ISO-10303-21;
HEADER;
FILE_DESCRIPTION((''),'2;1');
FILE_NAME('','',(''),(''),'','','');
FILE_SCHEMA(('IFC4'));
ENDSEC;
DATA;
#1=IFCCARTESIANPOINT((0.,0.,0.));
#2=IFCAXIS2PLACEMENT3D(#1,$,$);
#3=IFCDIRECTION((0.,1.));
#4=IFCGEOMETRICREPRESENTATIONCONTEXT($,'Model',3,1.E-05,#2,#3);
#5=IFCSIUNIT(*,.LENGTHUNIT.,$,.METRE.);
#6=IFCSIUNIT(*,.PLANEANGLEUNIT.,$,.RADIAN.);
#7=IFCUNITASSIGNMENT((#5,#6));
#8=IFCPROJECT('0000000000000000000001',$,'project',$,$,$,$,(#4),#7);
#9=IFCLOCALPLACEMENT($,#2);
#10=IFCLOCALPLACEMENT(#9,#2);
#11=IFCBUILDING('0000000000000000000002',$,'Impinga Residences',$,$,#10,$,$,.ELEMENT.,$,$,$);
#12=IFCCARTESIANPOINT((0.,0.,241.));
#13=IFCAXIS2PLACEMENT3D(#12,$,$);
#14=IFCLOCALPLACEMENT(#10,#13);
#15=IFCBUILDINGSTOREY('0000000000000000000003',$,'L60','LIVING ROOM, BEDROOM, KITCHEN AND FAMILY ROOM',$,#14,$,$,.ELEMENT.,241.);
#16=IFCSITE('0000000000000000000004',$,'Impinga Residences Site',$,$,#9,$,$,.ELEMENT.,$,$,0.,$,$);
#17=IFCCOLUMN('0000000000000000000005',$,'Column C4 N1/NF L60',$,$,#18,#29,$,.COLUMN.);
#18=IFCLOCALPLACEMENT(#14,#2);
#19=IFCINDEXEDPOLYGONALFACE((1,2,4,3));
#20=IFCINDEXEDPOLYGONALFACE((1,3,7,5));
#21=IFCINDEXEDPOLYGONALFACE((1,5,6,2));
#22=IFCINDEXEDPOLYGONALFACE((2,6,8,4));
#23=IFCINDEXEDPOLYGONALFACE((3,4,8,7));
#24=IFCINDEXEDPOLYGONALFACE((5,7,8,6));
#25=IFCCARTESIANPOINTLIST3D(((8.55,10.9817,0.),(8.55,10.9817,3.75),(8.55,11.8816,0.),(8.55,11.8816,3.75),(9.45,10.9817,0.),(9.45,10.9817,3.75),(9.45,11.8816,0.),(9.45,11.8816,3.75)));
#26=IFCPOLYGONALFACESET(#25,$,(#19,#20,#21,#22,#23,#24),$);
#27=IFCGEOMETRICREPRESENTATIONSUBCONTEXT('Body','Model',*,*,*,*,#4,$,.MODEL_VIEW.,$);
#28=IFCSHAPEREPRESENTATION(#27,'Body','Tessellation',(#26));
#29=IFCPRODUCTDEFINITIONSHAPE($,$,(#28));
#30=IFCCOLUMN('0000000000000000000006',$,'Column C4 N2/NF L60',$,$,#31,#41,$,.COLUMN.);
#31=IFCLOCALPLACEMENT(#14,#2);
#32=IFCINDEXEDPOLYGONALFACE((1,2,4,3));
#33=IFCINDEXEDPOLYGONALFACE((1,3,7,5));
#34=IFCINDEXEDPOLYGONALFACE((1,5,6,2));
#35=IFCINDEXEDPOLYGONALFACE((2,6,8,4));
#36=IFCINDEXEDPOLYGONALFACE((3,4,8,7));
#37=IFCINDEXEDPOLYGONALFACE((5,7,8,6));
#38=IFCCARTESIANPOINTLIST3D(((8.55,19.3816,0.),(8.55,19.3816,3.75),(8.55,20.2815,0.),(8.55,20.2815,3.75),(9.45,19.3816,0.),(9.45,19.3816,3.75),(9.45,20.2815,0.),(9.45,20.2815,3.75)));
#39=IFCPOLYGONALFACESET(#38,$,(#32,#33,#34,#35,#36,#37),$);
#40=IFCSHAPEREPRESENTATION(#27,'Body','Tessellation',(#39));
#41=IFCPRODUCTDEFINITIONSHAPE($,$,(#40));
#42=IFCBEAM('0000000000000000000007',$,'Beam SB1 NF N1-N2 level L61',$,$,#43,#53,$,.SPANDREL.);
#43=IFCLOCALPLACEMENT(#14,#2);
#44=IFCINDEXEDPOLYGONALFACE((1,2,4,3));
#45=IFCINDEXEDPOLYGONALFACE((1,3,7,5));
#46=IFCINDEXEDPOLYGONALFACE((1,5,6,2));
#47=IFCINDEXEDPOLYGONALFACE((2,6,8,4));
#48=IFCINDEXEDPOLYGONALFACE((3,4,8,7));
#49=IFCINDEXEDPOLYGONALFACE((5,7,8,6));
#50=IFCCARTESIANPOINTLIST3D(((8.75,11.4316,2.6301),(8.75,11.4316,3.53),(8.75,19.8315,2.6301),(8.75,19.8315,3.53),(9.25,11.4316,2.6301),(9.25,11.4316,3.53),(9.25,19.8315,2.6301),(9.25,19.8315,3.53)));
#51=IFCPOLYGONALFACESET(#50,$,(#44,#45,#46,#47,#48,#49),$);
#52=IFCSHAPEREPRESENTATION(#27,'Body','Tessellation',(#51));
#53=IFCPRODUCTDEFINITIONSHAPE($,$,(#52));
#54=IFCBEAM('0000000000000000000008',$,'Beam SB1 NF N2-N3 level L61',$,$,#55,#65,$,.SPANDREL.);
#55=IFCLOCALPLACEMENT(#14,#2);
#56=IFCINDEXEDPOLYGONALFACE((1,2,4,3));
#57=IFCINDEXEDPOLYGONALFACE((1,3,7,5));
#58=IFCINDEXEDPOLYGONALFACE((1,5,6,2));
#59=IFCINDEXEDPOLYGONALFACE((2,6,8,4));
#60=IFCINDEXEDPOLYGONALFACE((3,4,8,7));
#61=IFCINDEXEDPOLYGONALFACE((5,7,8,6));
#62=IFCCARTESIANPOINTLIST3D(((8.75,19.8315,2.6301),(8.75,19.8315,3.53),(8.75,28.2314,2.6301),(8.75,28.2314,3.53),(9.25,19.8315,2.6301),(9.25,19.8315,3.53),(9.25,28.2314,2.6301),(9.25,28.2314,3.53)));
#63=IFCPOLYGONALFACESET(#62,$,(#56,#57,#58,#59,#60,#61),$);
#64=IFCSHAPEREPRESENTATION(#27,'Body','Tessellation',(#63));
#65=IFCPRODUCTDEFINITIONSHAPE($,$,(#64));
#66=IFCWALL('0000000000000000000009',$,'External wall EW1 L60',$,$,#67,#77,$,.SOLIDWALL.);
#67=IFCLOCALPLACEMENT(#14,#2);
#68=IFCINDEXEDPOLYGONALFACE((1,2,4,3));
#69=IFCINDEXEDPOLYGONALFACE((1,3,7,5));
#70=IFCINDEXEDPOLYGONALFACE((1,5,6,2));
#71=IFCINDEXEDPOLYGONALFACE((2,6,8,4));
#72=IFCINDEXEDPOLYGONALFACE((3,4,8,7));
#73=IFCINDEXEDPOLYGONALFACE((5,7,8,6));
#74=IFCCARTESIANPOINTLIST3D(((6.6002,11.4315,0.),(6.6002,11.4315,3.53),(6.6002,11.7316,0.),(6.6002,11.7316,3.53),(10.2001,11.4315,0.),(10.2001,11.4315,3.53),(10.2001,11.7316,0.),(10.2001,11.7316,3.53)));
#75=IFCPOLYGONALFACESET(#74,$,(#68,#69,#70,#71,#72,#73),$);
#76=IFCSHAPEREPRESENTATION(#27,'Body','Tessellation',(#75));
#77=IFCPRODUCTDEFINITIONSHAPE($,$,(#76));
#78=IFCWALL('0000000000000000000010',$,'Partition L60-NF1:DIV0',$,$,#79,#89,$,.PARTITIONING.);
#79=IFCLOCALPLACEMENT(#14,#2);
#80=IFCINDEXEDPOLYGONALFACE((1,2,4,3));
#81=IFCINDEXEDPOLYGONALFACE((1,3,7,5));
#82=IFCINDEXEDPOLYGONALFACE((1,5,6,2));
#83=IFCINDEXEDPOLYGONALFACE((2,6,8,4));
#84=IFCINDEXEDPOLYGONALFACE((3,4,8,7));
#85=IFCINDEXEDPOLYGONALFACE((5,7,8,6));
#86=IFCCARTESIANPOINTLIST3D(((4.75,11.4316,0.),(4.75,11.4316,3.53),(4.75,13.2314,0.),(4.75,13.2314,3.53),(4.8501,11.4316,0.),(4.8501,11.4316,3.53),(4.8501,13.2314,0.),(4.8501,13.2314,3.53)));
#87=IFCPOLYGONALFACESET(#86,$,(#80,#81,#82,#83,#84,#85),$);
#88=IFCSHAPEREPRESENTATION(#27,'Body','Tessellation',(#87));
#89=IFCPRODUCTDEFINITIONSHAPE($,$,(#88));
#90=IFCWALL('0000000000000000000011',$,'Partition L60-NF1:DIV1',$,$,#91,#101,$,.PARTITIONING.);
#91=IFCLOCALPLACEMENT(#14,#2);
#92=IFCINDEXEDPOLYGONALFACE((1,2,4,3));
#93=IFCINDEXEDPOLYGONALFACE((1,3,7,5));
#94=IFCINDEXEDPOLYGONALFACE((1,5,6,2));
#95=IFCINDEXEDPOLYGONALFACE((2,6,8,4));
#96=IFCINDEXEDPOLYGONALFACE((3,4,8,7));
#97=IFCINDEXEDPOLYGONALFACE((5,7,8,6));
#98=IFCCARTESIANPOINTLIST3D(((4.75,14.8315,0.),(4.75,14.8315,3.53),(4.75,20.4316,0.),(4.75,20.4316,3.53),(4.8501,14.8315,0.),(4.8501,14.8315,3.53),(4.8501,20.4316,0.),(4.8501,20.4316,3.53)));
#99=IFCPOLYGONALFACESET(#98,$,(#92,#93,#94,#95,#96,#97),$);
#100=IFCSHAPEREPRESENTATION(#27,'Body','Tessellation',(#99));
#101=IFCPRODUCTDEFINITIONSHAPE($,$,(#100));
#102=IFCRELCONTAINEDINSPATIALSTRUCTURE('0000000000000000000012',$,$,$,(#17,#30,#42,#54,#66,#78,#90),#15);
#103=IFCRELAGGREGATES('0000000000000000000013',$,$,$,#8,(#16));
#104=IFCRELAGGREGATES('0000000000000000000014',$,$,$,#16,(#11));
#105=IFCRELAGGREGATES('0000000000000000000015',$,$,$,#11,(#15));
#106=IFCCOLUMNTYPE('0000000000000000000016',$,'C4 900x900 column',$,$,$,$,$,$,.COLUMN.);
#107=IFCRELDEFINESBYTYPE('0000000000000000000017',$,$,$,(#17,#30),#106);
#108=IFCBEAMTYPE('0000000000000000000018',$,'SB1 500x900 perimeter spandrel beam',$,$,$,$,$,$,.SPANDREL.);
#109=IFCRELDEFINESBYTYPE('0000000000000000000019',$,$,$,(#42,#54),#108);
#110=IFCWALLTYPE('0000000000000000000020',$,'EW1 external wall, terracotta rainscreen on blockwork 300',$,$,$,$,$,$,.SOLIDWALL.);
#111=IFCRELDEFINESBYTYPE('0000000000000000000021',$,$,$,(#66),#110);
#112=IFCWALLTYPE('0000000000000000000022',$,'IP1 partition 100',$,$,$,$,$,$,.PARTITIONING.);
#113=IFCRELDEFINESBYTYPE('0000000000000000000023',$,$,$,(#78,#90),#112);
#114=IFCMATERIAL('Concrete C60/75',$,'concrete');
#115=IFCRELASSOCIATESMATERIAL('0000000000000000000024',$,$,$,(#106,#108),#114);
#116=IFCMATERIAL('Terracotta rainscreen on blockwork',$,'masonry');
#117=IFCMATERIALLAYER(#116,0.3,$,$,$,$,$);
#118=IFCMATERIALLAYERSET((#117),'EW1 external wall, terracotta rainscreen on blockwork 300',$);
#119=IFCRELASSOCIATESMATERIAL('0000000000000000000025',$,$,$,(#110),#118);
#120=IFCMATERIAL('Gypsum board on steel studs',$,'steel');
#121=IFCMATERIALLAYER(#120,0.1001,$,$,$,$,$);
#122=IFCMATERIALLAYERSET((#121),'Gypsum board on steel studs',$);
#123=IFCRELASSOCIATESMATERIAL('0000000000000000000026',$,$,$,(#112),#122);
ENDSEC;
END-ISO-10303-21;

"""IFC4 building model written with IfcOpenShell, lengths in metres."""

from ifc_helpers import new_model, si_unit, direction, frame, frame_2d, origin, origin_2d, place, context, subcontext, project, spatial, rectangle, extrude, material, layer, layer_set, material_profile, profile_set, type_object, element, save


model = new_model("IFC4")

# Units and contexts
model_context = context("Model", 3, precision=1e-05, world=origin(), true_north=direction((0.0, 1.0)))
body_context = subcontext(model_context, "Body", "Model", "MODEL_VIEW")
ifc_project = project(units=[si_unit("LENGTHUNIT", "METRE"), si_unit("PLANEANGLEUNIT", "RADIAN")], contexts=[model_context])

# Site, building, storey
site_placement = place(None, origin())
site = spatial("IfcSite", under=ifc_project, at=site_placement, Name="Impinga Residences Site", CompositionType="ELEMENT", RefElevation=0.0)
building_placement = place(site_placement, origin())
building = spatial("IfcBuilding", under=site, at=building_placement, Name="Impinga Residences", CompositionType="ELEMENT")
storey_placement = place(building_placement, frame((0.0, 0.0, 241.0)))
storey = spatial("IfcBuildingStorey", under=building, at=storey_placement, Name="L60", Description="LIVING ROOM, BEDROOM, KITCHEN AND FAMILY ROOM", CompositionType="ELEMENT", Elevation=241.0)

# Columns
ifc_material_1 = material(Name="Concrete C60/75", Category="concrete")
ifc_material_profile_1 = material_profile(ifc_material_1, rectangle(XDim=0.8999, YDim=0.8999, at=origin_2d()), Name="RC 900x900")
ifc_profile_set_1 = profile_set([ifc_material_profile_1], Name="Concrete C60/75")
column_type = type_object("IfcColumnType", Name="C4 900x900 column", PredefinedType="COLUMN", material=ifc_profile_set_1)
for number, where, z_axis, x_axis, name in (
    (1, (9.0, 11.4316, 0.0), (0.0, 0.0, 1.0), (1.0, 0.0, 0.0), "Column C4 N1/NF L60"),
    (2, (9.0, 19.8315, 0.0), (0.0, 0.0, 1.0), (1.0, 0.0, 0.0), "Column C4 N2/NF L60"),
):
    element("IfcColumn", number, at=place(storey_placement, frame(where, z_axis=z_axis, x_axis=x_axis)), inside=storey, type_object=column_type, Name=name, PredefinedType="COLUMN", context=body_context, shape_type="SweptSolid", body=[
        extrude(rectangle(XDim=0.8999, YDim=0.8999, at=origin_2d()), origin(), (0.0, 0.0, 1.0), 3.75),
    ])

# Beams
ifc_material_profile_2 = material_profile(ifc_material_1, rectangle(XDim=0.5, YDim=0.8999, at=origin_2d()), Name="RC 500x900")
ifc_profile_set_2 = profile_set([ifc_material_profile_2], Name="Concrete C60/75")
beam_type = type_object("IfcBeamType", Name="SB1 500x900 perimeter spandrel beam", PredefinedType="SPANDREL", material=ifc_profile_set_2)
for number, where, z_axis, x_axis, name in (
    (3, (9.0, 11.4316, 3.0801), (0.0, 1.0, 0.0), (-1.0, 0.0, 0.0), "Beam SB1 NF N1-N2 level L61"),
    (4, (9.0, 19.8315, 3.0801), (0.0, 1.0, 0.0), (-1.0, 0.0, 0.0), "Beam SB1 NF N2-N3 level L61"),
):
    element("IfcBeam", number, at=place(storey_placement, frame(where, z_axis=z_axis, x_axis=x_axis)), inside=storey, type_object=beam_type, Name=name, PredefinedType="SPANDREL", context=body_context, shape_type="SweptSolid", body=[
        extrude(rectangle(XDim=0.5, YDim=0.8999, at=origin_2d()), origin(), (0.0, 0.0, 1.0), 8.3999),
    ])

# Walls
ifc_material_2 = material(Name="Terracotta rainscreen on blockwork", Category="masonry")
ifc_layer_1 = layer(ifc_material_2, 0.3)
ifc_layer_set_1 = layer_set([ifc_layer_1], Name="EW1 external wall, terracotta rainscreen on blockwork 300")
wall_type_1 = type_object("IfcWallType", Name="EW1 external wall, terracotta rainscreen on blockwork 300", PredefinedType="SOLIDWALL", material=ifc_layer_set_1)
wall_1_placement = place(storey_placement, frame((10.2, 11.5815, 0.0), z_axis=(0.0, 0.0, 1.0), x_axis=(-1.0, 0.0, 0.0)))
element("IfcWall", 5, at=wall_1_placement, inside=storey, type_object=wall_type_1, Name="External wall EW1 L60", PredefinedType="SOLIDWALL", context=body_context, shape_type="SweptSolid", body=[
    extrude(rectangle(XDim=3.5999, YDim=0.3, at=frame_2d((1.7998, 0.0))), origin(), (0.0, 0.0, 1.0), 3.53),
])
ifc_material_3 = material(Name="Gypsum board on steel studs", Category="steel")
ifc_layer_2 = layer(ifc_material_3, 0.1001)
ifc_layer_set_2 = layer_set([ifc_layer_2], Name="Gypsum board on steel studs")
wall_type_2 = type_object("IfcWallType", Name="IP1 partition 100", PredefinedType="PARTITIONING", material=ifc_layer_set_2)
wall_2_placement = place(storey_placement, frame((4.8, 11.4316, 0.0), z_axis=(0.0, 0.0, 1.0), x_axis=(0.0, 1.0, 0.0)))
element("IfcWall", 6, at=wall_2_placement, inside=storey, type_object=wall_type_2, Name="Partition L60-NF1:DIV0", PredefinedType="PARTITIONING", context=body_context, shape_type="SweptSolid", body=[
    extrude(rectangle(XDim=1.7998, YDim=0.1001, at=frame_2d((0.8999, 0.0))), origin(), (0.0, 0.0, 1.0), 3.53),
])
wall_3_placement = place(storey_placement, frame((4.8, 14.8315, 0.0), z_axis=(0.0, 0.0, 1.0), x_axis=(0.0, 1.0, 0.0)))
element("IfcWall", 7, at=wall_3_placement, inside=storey, type_object=wall_type_2, Name="Partition L60-NF1:DIV1", PredefinedType="PARTITIONING", context=body_context, shape_type="SweptSolid", body=[
    extrude(rectangle(XDim=5.6001, YDim=0.1001, at=frame_2d((2.8, 0.0))), origin(), (0.0, 0.0, 1.0), 3.53),
])

save(model, "model.ifc")
